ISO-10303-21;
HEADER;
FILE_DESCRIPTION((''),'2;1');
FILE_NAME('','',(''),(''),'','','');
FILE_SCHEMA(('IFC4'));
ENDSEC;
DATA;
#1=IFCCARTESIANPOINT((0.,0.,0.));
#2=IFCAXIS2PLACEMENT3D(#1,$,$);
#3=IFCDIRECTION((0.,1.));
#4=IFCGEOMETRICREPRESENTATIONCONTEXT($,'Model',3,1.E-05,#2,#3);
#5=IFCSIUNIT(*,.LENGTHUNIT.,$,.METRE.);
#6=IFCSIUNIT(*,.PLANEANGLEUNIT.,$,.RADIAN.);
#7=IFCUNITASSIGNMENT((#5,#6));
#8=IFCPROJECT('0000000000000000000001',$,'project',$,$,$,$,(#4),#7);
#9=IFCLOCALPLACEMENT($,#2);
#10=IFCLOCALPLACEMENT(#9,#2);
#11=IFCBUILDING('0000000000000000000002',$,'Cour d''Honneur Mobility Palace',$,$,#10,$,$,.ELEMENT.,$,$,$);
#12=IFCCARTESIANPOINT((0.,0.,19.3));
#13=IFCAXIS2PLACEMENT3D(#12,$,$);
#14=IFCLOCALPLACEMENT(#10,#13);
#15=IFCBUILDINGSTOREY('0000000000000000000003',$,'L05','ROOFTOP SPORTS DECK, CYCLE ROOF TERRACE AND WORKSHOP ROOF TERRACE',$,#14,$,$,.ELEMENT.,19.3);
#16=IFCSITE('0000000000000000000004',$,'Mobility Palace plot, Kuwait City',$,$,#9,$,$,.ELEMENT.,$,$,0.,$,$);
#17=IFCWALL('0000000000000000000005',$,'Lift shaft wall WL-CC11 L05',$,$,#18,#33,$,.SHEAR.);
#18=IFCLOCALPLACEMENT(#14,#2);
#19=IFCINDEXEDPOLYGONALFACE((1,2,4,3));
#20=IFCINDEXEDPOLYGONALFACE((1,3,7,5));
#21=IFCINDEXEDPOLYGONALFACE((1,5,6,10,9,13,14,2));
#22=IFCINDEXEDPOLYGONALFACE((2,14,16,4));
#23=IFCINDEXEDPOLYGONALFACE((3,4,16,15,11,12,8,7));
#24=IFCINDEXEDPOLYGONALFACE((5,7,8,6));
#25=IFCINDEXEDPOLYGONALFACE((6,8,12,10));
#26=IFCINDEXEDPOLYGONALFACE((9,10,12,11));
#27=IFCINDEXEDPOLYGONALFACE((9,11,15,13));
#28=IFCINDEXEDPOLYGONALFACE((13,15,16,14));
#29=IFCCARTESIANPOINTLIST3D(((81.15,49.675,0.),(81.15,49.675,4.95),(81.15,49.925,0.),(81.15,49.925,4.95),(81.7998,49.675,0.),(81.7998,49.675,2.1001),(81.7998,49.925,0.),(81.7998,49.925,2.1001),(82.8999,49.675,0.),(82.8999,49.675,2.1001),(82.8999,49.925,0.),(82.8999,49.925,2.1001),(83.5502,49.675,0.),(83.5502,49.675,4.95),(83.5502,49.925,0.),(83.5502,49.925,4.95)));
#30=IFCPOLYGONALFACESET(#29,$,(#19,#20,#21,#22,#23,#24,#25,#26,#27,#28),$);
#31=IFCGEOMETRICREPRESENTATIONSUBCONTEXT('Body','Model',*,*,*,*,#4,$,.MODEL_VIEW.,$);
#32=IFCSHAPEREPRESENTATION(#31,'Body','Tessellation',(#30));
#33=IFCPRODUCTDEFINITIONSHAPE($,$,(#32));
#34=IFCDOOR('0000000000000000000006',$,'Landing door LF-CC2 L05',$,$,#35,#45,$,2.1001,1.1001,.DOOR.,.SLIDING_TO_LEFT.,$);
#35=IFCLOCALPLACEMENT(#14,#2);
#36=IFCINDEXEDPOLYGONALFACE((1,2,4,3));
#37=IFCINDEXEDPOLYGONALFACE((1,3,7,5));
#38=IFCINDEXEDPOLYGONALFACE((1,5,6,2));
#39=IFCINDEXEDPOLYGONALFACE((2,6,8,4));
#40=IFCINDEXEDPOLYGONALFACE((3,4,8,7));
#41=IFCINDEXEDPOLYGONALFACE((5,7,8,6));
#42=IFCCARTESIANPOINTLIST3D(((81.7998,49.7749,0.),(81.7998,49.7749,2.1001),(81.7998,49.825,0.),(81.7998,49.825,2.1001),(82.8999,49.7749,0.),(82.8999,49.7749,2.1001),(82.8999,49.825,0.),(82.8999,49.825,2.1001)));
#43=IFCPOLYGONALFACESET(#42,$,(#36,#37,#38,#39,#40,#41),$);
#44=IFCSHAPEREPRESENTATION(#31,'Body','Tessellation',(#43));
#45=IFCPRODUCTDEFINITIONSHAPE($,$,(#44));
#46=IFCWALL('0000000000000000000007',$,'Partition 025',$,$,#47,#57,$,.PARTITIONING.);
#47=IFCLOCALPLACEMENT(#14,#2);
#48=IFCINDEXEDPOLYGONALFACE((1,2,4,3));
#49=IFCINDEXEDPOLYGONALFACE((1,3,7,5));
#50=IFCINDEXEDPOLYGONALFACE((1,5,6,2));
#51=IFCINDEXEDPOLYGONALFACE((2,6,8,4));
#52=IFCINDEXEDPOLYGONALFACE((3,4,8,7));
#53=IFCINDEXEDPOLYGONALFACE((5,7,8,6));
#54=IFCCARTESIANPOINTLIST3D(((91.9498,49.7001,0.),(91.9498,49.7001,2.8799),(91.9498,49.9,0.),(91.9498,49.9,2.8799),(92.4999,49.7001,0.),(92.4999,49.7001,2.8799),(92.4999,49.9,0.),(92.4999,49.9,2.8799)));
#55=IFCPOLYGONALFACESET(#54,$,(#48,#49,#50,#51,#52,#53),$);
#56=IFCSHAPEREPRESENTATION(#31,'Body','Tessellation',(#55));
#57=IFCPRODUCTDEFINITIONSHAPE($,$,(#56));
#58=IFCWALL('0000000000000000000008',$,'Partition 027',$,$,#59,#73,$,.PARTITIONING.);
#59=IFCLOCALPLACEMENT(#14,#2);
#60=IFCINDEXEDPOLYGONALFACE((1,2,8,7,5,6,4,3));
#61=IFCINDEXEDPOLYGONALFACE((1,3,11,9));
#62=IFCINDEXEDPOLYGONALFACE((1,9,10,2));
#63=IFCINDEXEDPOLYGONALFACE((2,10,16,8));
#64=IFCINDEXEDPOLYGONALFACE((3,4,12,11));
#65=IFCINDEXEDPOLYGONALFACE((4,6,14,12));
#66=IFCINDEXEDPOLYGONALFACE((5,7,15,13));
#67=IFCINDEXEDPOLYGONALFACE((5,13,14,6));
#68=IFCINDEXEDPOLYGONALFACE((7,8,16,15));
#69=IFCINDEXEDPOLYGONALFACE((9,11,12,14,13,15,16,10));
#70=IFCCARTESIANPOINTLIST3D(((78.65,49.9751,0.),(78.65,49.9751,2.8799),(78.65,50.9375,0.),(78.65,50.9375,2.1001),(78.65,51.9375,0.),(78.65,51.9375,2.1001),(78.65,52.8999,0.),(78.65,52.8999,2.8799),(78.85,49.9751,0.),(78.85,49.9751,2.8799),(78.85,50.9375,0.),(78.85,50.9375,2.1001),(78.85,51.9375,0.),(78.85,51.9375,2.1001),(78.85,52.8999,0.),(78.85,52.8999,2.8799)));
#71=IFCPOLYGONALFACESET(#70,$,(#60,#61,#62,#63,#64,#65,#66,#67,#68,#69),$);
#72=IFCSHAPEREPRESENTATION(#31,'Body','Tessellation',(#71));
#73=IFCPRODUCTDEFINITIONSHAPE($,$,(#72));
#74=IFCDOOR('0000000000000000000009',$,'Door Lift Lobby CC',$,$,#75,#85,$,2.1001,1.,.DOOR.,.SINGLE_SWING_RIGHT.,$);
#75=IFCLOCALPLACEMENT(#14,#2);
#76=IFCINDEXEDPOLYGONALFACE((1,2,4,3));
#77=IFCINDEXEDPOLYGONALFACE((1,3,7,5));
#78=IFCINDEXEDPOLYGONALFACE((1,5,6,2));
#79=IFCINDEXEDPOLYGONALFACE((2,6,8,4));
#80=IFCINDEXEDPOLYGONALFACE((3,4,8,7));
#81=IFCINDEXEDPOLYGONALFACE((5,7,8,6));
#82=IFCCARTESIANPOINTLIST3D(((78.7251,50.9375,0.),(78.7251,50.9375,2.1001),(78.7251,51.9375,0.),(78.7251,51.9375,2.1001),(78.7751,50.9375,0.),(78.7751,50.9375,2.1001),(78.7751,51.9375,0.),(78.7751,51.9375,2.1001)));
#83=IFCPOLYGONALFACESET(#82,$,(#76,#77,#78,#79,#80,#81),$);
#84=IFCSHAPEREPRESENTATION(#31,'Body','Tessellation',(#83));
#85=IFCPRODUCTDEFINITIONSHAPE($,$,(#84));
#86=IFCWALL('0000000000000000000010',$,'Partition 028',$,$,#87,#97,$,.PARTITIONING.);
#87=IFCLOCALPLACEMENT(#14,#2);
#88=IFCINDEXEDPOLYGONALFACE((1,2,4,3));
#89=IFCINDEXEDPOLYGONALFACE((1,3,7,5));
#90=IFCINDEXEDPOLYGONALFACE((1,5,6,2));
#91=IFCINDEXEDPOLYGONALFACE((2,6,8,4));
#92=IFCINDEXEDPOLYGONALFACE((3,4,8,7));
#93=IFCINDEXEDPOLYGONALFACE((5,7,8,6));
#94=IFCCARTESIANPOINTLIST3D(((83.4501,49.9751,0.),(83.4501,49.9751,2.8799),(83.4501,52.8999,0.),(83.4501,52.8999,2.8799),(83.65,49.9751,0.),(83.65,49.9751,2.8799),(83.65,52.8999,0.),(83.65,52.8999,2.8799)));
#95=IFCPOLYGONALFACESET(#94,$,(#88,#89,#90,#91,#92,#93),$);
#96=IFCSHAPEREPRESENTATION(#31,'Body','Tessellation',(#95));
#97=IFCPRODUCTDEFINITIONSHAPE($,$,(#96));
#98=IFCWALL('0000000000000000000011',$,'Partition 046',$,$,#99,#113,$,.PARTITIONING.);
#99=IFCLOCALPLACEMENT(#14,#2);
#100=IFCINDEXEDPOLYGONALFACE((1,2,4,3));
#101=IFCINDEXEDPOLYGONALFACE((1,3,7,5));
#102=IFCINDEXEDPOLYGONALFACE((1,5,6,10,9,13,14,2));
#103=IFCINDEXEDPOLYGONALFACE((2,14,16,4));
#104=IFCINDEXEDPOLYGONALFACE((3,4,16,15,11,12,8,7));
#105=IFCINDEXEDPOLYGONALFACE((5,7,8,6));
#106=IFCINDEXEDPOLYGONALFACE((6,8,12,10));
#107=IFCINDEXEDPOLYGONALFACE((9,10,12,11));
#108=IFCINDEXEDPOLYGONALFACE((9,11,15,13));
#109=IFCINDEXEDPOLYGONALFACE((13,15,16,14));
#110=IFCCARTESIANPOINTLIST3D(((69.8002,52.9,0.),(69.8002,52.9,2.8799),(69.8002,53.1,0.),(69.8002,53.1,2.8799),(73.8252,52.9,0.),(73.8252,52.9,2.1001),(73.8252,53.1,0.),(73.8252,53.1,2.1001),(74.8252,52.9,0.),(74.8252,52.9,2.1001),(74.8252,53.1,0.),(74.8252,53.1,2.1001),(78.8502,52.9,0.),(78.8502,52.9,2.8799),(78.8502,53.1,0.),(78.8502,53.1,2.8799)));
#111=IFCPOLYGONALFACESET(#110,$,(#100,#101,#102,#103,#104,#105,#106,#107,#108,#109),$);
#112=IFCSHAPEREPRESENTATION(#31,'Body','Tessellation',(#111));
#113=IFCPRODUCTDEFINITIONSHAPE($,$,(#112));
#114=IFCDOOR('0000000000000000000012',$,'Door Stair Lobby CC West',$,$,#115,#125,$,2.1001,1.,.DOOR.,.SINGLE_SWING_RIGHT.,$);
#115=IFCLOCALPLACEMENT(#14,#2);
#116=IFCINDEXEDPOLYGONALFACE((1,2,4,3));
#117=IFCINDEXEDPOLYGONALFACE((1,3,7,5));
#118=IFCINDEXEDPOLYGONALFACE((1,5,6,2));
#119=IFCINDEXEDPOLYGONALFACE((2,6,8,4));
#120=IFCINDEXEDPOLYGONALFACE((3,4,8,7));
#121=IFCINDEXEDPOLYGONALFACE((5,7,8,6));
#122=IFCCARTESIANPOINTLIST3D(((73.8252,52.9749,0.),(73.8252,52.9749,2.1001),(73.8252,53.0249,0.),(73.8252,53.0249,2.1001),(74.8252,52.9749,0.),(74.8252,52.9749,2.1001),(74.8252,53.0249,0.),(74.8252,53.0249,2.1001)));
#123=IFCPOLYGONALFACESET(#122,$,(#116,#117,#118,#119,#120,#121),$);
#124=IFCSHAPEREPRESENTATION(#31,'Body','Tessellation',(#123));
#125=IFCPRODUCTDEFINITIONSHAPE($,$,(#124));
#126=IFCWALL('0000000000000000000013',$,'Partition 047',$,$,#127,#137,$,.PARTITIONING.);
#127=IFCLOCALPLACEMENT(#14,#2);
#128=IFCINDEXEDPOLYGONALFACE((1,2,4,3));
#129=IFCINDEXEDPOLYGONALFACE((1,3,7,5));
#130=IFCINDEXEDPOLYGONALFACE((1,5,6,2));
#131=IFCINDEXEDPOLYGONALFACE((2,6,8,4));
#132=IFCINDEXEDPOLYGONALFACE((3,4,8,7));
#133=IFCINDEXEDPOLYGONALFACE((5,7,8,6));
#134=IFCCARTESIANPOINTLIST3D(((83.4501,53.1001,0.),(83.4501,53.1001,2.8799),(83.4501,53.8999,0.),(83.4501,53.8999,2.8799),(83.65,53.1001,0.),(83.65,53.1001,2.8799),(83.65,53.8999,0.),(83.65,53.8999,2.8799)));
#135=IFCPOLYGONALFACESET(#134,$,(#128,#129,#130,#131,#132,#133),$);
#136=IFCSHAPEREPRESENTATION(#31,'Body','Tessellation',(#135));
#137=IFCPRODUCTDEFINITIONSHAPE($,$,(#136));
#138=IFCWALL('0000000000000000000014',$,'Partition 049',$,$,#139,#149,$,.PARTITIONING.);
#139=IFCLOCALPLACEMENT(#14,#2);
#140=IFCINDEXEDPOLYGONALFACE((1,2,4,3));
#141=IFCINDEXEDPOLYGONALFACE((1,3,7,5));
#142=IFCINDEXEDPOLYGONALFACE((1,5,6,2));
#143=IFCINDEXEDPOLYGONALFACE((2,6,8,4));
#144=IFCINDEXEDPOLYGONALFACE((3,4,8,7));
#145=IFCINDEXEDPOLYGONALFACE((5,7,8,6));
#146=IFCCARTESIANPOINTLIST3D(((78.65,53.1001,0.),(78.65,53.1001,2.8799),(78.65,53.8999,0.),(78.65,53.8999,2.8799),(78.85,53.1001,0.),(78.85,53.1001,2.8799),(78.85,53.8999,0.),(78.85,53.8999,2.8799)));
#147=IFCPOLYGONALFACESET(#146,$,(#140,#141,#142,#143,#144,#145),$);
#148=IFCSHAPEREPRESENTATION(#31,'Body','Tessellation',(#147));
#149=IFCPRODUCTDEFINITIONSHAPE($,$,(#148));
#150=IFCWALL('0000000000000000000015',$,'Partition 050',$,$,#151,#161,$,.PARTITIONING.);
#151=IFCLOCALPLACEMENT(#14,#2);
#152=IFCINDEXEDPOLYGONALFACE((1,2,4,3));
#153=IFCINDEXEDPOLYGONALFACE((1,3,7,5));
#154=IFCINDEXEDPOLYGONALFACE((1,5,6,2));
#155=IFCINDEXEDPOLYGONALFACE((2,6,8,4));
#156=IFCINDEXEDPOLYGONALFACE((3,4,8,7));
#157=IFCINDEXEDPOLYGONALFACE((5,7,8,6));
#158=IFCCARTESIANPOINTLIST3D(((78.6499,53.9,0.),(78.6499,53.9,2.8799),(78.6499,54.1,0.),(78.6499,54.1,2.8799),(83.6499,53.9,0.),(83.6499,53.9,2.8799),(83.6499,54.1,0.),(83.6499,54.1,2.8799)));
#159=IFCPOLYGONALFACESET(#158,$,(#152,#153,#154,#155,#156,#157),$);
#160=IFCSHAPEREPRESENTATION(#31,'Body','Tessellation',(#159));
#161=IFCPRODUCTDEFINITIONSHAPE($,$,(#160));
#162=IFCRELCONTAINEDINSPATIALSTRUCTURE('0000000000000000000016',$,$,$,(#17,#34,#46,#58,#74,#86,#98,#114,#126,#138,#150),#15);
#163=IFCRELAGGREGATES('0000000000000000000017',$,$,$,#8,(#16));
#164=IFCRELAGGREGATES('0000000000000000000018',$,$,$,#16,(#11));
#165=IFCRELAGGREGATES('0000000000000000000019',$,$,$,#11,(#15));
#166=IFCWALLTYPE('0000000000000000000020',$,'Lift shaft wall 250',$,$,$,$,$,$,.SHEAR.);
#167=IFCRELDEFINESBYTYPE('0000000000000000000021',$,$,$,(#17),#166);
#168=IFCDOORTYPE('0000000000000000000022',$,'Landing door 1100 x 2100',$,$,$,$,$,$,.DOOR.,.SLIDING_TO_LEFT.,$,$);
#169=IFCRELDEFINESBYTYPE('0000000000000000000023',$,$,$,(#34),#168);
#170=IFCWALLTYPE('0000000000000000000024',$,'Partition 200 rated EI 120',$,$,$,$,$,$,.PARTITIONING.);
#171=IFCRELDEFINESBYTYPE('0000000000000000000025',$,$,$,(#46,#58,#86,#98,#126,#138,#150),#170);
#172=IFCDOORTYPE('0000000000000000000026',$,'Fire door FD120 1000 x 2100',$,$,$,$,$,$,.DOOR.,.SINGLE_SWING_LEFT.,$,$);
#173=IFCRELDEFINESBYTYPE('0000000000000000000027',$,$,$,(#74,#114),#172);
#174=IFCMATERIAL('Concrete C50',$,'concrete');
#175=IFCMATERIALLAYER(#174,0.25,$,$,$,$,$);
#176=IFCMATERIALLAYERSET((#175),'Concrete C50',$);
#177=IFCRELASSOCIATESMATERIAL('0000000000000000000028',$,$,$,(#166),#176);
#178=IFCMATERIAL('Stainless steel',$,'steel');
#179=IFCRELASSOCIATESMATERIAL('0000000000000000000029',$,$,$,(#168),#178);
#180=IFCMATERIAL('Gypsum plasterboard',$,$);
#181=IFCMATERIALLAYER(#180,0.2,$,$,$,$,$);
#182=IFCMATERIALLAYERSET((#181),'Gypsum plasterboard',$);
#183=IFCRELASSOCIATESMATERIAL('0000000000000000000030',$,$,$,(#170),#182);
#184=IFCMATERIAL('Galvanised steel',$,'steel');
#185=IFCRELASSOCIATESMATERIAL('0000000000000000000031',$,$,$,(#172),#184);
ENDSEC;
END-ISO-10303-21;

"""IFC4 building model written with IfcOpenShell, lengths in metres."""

from ifc_helpers import new_model, si_unit, direction, frame, frame_2d, origin, place, context, subcontext, project, spatial, rectangle, extrude, material, layer, layer_set, type_object, element, fill, save


model = new_model("IFC4")

# Units and contexts
model_context = context("Model", 3, precision=1e-05, world=origin(), true_north=direction((0.0, 1.0)))
body_context = subcontext(model_context, "Body", "Model", "MODEL_VIEW")
ifc_project = project(units=[si_unit("LENGTHUNIT", "METRE"), si_unit("PLANEANGLEUNIT", "RADIAN")], contexts=[model_context])

# Site, building, storey
site_placement = place(None, origin())
site = spatial("IfcSite", under=ifc_project, at=site_placement, Name="Mobility Palace plot, Kuwait City", CompositionType="ELEMENT", RefElevation=0.0)
building_placement = place(site_placement, origin())
building = spatial("IfcBuilding", under=site, at=building_placement, Name="Cour d'Honneur Mobility Palace", CompositionType="ELEMENT")
storey_placement = place(building_placement, frame((0.0, 0.0, 19.3)))
storey = spatial("IfcBuildingStorey", under=building, at=storey_placement, Name="L05", Description="ROOFTOP SPORTS DECK, CYCLE ROOF TERRACE AND WORKSHOP ROOF TERRACE", CompositionType="ELEMENT", Elevation=19.3)

# Wall, opening, door
ifc_material_1 = material(Name="Concrete C50", Category="concrete")
ifc_layer_1 = layer(ifc_material_1, 0.25)
ifc_layer_set_1 = layer_set([ifc_layer_1], Name="Concrete C50")
wall_type_1 = type_object("IfcWallType", Name="Lift shaft wall 250", PredefinedType="SHEAR", material=ifc_layer_set_1)
wall_1_placement = place(storey_placement, frame((81.1499, 49.8, 0.0), z_axis=(0.0, 0.0, 1.0), x_axis=(1.0, 0.0, 0.0)))
wall_1 = element("IfcWall", 1, at=wall_1_placement, inside=storey, type_object=wall_type_1, Name="Lift shaft wall WL-CC11 L05", PredefinedType="SHEAR", context=body_context, shape_type="SweptSolid", body=[
    extrude(rectangle(XDim=2.4001, YDim=0.25, at=frame_2d((1.2002, 0.0))), origin(), (0.0, 0.0, 1.0), 4.95),
])
opening_1_placement = place(wall_1_placement, frame((0.6499, 0.0, 0.0)))
opening_1 = element("IfcOpeningElement", 2, at=opening_1_placement, cuts=wall_1, PredefinedType="OPENING", context=body_context, shape_type="SweptSolid", body=[
    extrude(rectangle(XDim=1.1001, YDim=2.1001, at=frame_2d((0.55, 1.05))), frame((0.0, 0.135, 0.0), z_axis=(0.0, -1.0, 0.0), x_axis=(1.0, 0.0, 0.0)), (0.0, 0.0, 1.0), 0.27),
])
ifc_material_2 = material(Name="Stainless steel", Category="steel")
door_type_1 = type_object("IfcDoorType", Name="Landing door 1100 x 2100", OperationType="SLIDING_TO_LEFT", PredefinedType="DOOR", material=ifc_material_2)
door_1_placement = place(opening_1_placement, origin())
door_1 = element("IfcDoor", 3, at=door_1_placement, inside=storey, type_object=door_type_1, Name="Landing door LF-CC2 L05", OperationType="SLIDING_TO_LEFT", OverallHeight=2.1001, OverallWidth=1.1001, PredefinedType="DOOR", context=body_context, shape_type="SweptSolid", body=[
    extrude(rectangle(XDim=1.1001, YDim=2.1001, at=frame_2d((0.55, 1.05))), frame((0.0, 0.0249, 0.0), z_axis=(0.0, -1.0, 0.0), x_axis=(1.0, 0.0, 0.0)), (0.0, 0.0, 1.0), 0.05),
])
fill(opening_1, door_1)

# Wall
ifc_material_3 = material(Name="Gypsum plasterboard")
ifc_layer_2 = layer(ifc_material_3, 0.2)
ifc_layer_set_2 = layer_set([ifc_layer_2], Name="Gypsum plasterboard")
wall_type_2 = type_object("IfcWallType", Name="Partition 200 rated EI 120", PredefinedType="PARTITIONING", material=ifc_layer_set_2)
wall_2_placement = place(storey_placement, frame((91.95, 49.8, 0.0), z_axis=(0.0, 0.0, 1.0), x_axis=(1.0, 0.0, 0.0)))
element("IfcWall", 4, at=wall_2_placement, inside=storey, type_object=wall_type_2, Name="Partition 025", PredefinedType="PARTITIONING", context=body_context, shape_type="SweptSolid", body=[
    extrude(rectangle(XDim=0.55, YDim=0.2, at=frame_2d((0.2749, 0.0))), origin(), (0.0, 0.0, 1.0), 2.8799),
])

# Wall, opening, door
wall_3_placement = place(storey_placement, frame((78.75, 49.9751, 0.0), z_axis=(0.0, 0.0, 1.0), x_axis=(0.0, 1.0, 0.0)))
wall_3 = element("IfcWall", 5, at=wall_3_placement, inside=storey, type_object=wall_type_2, Name="Partition 027", PredefinedType="PARTITIONING", context=body_context, shape_type="SweptSolid", body=[
    extrude(rectangle(XDim=2.9248, YDim=0.2, at=frame_2d((1.4624, 0.0))), origin(), (0.0, 0.0, 1.0), 2.8799),
])
opening_2_placement = place(wall_3_placement, frame((0.9624, 0.0, 0.0)))
opening_2 = element("IfcOpeningElement", 6, at=opening_2_placement, cuts=wall_3, PredefinedType="OPENING", context=body_context, shape_type="SweptSolid", body=[
    extrude(rectangle(XDim=1.0, YDim=2.1001, at=frame_2d((0.5, 1.05))), frame((0.0, 0.1099, 0.0), z_axis=(0.0, -1.0, 0.0), x_axis=(1.0, 0.0, 0.0)), (0.0, 0.0, 1.0), 0.22),
])
ifc_material_4 = material(Name="Galvanised steel", Category="steel")
door_type_2 = type_object("IfcDoorType", Name="Fire door FD120 1000 x 2100", OperationType="SINGLE_SWING_LEFT", PredefinedType="DOOR", material=ifc_material_4)
door_2_placement = place(opening_2_placement, origin())
door_2 = element("IfcDoor", 7, at=door_2_placement, inside=storey, type_object=door_type_2, Name="Door Lift Lobby CC", OperationType="SINGLE_SWING_RIGHT", OverallHeight=2.1001, OverallWidth=1.0, PredefinedType="DOOR", context=body_context, shape_type="SweptSolid", body=[
    extrude(rectangle(XDim=1.0, YDim=2.1001, at=frame_2d((0.5, 1.05))), frame((0.0, 0.0249, 0.0), z_axis=(0.0, -1.0, 0.0), x_axis=(1.0, 0.0, 0.0)), (0.0, 0.0, 1.0), 0.05),
])
fill(opening_2, door_2)

# Wall
wall_4_placement = place(storey_placement, frame((83.55, 49.9751, 0.0), z_axis=(0.0, 0.0, 1.0), x_axis=(0.0, 1.0, 0.0)))
element("IfcWall", 8, at=wall_4_placement, inside=storey, type_object=wall_type_2, Name="Partition 028", PredefinedType="PARTITIONING", context=body_context, shape_type="SweptSolid", body=[
    extrude(rectangle(XDim=2.9248, YDim=0.2, at=frame_2d((1.4624, 0.0))), origin(), (0.0, 0.0, 1.0), 2.8799),
])

# Wall, opening, door
wall_5_placement = place(storey_placement, frame((78.8501, 53.0, 0.0), z_axis=(0.0, 0.0, 1.0), x_axis=(-1.0, 0.0, 0.0)))
wall_5 = element("IfcWall", 9, at=wall_5_placement, inside=storey, type_object=wall_type_2, Name="Partition 046", PredefinedType="PARTITIONING", context=body_context, shape_type="SweptSolid", body=[
    extrude(rectangle(XDim=9.05, YDim=0.2, at=frame_2d((4.5249, 0.0))), origin(), (0.0, 0.0, 1.0), 2.8799),
])
opening_3_placement = place(wall_5_placement, frame((4.0249, 0.0, 0.0)))
opening_3 = element("IfcOpeningElement", 10, at=opening_3_placement, cuts=wall_5, PredefinedType="OPENING", context=body_context, shape_type="SweptSolid", body=[
    extrude(rectangle(XDim=1.0, YDim=2.1001, at=frame_2d((0.5, 1.05))), frame((0.0, 0.1099, 0.0), z_axis=(0.0, -1.0, 0.0), x_axis=(1.0, 0.0, 0.0)), (0.0, 0.0, 1.0), 0.22),
])
door_3_placement = place(opening_3_placement, frame((1.0, 0.0, 0.0), z_axis=(0.0, 0.0, 1.0), x_axis=(-1.0, 0.0, 0.0)))
door_3 = element("IfcDoor", 11, at=door_3_placement, inside=storey, type_object=door_type_2, Name="Door Stair Lobby CC West", OperationType="SINGLE_SWING_RIGHT", OverallHeight=2.1001, OverallWidth=1.0, PredefinedType="DOOR", context=body_context, shape_type="SweptSolid", body=[
    extrude(rectangle(XDim=1.0, YDim=2.1001, at=frame_2d((0.5, 1.05))), frame((0.0, 0.0249, 0.0), z_axis=(0.0, -1.0, 0.0), x_axis=(1.0, 0.0, 0.0)), (0.0, 0.0, 1.0), 0.05),
])
fill(opening_3, door_3)

# Walls
for number, where, z_axis, x_axis, name in (
    (12, (83.55, 53.1001, 0.0), (0.0, 0.0, 1.0), (0.0, 1.0, 0.0), "Partition 047"),
    (13, (78.75, 53.8999, 0.0), (0.0, 0.0, 1.0), (0.0, -1.0, 0.0), "Partition 049"),
):
    element("IfcWall", number, at=place(storey_placement, frame(where, z_axis=z_axis, x_axis=x_axis)), inside=storey, type_object=wall_type_2, Name=name, PredefinedType="PARTITIONING", context=body_context, shape_type="SweptSolid", body=[
        extrude(rectangle(XDim=0.7998, YDim=0.2, at=frame_2d((0.3999, 0.0))), origin(), (0.0, 0.0, 1.0), 2.8799),
    ])
wall_6_placement = place(storey_placement, frame((83.6499, 54.0, 0.0), z_axis=(0.0, 0.0, 1.0), x_axis=(-1.0, 0.0, 0.0)))
element("IfcWall", 14, at=wall_6_placement, inside=storey, type_object=wall_type_2, Name="Partition 050", PredefinedType="PARTITIONING", context=body_context, shape_type="SweptSolid", body=[
    extrude(rectangle(XDim=5.0, YDim=0.2, at=frame_2d((2.5, 0.0))), origin(), (0.0, 0.0, 1.0), 2.8799),
])

save(model, "model.ifc")
